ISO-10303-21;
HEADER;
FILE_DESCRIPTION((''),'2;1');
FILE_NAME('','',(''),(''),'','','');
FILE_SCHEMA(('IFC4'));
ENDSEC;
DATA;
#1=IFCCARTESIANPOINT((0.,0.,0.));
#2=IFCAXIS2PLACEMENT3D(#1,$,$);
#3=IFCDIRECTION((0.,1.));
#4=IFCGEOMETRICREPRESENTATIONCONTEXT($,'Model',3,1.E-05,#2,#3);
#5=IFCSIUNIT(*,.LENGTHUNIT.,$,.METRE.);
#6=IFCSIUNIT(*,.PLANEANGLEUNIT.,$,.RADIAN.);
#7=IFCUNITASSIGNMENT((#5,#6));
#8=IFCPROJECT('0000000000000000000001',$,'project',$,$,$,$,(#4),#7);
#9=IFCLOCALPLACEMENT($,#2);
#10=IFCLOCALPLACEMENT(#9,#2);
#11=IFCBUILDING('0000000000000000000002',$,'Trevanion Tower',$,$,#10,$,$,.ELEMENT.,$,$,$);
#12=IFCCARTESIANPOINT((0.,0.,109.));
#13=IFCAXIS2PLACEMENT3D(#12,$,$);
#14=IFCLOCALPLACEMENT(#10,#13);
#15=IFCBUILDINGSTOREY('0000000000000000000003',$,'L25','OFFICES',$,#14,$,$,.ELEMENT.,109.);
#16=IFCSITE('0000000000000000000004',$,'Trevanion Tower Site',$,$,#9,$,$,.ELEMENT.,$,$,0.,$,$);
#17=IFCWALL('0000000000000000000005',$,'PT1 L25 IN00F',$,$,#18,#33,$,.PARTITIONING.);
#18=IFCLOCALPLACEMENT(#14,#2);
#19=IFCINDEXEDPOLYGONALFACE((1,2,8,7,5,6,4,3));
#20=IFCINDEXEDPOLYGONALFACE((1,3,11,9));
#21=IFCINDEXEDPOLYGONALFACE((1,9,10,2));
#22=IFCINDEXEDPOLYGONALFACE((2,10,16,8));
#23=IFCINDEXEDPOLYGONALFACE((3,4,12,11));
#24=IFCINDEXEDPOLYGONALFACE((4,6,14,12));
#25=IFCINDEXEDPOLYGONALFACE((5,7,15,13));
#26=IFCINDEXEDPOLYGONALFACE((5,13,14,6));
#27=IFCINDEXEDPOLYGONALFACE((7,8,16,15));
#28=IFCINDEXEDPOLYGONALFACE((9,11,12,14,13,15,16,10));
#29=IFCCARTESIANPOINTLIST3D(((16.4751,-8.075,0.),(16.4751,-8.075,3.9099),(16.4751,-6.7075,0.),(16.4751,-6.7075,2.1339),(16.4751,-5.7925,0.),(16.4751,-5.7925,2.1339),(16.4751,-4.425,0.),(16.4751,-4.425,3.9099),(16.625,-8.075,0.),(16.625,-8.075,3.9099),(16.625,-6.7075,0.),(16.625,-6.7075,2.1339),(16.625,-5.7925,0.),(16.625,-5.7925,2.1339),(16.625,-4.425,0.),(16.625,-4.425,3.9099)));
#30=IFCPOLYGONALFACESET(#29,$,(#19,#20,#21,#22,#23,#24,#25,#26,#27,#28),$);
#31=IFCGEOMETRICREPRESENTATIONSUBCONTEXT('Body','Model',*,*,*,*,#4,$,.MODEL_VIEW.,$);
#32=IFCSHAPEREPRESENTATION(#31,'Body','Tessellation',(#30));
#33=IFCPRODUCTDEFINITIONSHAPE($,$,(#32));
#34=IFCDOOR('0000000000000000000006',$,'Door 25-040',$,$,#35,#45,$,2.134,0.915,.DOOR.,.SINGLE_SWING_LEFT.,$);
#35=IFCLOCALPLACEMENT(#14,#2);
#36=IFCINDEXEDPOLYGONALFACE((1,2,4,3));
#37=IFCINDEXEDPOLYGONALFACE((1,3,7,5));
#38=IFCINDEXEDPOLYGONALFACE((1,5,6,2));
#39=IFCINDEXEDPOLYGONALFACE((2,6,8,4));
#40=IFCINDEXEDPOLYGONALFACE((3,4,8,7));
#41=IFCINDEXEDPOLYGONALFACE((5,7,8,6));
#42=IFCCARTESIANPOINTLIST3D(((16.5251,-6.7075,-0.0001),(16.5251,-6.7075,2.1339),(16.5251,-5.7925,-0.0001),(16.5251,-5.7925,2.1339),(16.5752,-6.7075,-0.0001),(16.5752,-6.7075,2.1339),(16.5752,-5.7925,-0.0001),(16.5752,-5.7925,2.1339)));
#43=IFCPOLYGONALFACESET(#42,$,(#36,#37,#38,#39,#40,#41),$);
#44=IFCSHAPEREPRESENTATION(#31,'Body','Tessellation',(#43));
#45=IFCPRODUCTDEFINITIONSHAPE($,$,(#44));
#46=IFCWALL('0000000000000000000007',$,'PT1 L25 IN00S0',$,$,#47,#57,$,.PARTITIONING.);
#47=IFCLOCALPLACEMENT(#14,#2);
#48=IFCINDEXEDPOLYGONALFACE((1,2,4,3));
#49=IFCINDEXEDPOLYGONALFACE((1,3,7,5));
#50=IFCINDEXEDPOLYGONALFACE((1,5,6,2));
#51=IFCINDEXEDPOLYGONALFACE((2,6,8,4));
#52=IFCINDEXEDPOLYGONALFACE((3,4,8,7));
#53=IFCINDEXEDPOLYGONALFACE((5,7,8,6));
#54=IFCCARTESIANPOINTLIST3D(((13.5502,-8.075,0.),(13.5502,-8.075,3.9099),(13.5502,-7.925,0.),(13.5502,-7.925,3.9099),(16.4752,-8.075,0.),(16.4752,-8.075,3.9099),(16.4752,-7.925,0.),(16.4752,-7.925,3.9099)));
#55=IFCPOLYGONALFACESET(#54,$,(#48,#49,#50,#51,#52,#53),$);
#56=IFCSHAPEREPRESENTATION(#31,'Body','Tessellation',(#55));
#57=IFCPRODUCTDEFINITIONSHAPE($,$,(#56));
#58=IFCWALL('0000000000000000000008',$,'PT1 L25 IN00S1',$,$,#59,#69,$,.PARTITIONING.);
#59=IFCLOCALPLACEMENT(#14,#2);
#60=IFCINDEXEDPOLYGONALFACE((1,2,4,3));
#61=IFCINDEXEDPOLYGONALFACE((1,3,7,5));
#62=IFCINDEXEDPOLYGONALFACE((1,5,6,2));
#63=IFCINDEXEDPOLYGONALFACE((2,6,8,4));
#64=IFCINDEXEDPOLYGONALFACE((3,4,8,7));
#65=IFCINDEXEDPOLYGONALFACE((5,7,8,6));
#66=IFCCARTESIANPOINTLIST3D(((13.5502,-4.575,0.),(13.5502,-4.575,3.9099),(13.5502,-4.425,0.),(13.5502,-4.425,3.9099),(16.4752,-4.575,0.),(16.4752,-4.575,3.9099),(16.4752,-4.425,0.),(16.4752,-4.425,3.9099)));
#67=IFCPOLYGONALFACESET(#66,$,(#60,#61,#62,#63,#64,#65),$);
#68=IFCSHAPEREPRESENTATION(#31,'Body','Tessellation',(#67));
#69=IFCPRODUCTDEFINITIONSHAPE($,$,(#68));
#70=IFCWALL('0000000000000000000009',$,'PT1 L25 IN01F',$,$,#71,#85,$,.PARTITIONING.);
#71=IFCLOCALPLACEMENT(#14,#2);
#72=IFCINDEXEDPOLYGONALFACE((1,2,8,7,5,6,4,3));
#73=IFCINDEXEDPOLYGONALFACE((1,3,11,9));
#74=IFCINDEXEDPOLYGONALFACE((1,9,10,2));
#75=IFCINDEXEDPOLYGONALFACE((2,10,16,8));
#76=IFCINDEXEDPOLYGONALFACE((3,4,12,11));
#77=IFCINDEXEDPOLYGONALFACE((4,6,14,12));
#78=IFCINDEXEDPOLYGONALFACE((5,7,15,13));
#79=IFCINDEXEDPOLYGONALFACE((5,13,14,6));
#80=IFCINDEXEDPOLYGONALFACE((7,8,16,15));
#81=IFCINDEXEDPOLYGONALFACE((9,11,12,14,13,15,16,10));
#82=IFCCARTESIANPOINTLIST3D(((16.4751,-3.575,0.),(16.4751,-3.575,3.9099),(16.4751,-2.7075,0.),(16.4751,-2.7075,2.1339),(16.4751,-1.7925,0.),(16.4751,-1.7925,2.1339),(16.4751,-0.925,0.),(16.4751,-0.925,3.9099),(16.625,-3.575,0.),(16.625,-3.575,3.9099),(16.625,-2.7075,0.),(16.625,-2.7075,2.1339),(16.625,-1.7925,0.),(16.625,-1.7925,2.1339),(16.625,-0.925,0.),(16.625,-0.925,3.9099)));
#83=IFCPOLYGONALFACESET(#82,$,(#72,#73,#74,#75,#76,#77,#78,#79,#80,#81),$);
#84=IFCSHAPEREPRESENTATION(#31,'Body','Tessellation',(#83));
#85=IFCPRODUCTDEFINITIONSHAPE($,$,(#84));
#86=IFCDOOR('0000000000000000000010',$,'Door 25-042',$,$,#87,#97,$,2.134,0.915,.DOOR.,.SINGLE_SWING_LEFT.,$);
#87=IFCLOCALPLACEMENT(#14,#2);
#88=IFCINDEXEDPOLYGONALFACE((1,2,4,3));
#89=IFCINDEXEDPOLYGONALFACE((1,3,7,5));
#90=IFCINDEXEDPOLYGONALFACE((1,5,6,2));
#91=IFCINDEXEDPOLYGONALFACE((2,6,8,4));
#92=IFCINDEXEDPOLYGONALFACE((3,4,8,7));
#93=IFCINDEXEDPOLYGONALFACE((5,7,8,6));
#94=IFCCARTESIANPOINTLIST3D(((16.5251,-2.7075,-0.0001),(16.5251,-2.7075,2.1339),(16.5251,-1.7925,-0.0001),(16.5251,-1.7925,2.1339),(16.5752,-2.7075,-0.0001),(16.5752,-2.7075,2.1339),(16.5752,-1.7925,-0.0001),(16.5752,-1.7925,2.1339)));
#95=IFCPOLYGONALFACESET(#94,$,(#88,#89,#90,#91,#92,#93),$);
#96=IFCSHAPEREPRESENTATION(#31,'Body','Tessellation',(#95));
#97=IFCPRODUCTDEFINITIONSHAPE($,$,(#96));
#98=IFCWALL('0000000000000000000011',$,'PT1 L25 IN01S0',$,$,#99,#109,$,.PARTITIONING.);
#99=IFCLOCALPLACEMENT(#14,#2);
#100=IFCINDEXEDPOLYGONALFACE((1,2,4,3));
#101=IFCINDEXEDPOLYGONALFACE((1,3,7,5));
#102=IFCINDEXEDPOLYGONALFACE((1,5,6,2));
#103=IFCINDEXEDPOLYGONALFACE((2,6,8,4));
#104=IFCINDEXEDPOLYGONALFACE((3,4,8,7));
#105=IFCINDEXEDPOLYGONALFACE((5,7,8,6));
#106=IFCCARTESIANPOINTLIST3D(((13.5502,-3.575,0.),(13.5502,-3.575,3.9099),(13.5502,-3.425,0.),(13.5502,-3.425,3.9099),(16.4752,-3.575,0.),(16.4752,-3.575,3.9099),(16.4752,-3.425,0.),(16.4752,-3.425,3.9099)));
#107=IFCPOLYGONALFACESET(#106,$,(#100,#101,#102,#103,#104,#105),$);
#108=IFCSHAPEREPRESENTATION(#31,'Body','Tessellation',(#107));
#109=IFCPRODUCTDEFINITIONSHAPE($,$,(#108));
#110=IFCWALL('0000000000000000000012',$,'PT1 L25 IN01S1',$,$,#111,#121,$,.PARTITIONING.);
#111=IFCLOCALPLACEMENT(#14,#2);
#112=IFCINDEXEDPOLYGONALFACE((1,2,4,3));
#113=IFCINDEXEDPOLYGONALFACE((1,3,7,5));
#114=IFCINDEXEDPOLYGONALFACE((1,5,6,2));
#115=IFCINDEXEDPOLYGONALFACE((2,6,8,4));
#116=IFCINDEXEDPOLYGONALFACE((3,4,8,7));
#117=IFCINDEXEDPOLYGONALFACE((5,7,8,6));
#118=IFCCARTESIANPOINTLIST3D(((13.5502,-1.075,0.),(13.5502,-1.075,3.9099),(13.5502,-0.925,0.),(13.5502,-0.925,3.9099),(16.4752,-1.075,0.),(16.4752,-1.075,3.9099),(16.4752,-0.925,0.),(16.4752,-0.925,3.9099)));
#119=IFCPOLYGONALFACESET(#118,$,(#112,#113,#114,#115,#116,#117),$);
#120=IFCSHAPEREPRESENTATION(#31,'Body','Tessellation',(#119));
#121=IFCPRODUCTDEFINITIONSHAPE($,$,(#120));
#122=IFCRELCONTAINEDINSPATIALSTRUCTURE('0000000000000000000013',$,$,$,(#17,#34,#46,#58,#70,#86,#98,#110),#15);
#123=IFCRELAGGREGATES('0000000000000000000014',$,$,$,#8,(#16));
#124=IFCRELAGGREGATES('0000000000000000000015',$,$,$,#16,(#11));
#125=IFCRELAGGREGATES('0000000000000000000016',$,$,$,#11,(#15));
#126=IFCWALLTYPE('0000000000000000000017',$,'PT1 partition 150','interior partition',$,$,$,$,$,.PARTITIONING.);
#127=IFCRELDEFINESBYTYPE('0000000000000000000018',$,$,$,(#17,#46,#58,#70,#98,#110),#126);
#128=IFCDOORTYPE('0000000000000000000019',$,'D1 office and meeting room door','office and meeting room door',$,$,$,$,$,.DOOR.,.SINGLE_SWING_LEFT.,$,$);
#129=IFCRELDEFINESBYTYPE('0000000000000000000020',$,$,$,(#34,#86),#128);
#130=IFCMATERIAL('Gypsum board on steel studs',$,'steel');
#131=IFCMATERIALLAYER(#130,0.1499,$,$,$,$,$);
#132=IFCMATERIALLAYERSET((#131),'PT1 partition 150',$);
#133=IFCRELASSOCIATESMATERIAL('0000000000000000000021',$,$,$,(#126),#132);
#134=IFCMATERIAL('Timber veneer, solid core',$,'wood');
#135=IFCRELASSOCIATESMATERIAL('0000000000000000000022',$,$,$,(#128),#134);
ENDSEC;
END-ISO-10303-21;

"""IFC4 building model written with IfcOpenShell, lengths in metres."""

from ifc_helpers import new_model, si_unit, direction, frame, frame_2d, origin, place, context, subcontext, project, spatial, rectangle, extrude, material, layer, layer_set, type_object, element, fill, save


model = new_model("IFC4")

# Units and contexts
model_context = context("Model", 3, precision=1e-05, world=origin(), true_north=direction((0.0, 1.0)))
body_context = subcontext(model_context, "Body", "Model", "MODEL_VIEW")
ifc_project = project(units=[si_unit("LENGTHUNIT", "METRE"), si_unit("PLANEANGLEUNIT", "RADIAN")], contexts=[model_context])

# Site, building, storey
site_placement = place(None, origin())
site = spatial("IfcSite", under=ifc_project, at=site_placement, Name="Trevanion Tower Site", CompositionType="ELEMENT", RefElevation=0.0)
building_placement = place(site_placement, origin())
building = spatial("IfcBuilding", under=site, at=building_placement, Name="Trevanion Tower", CompositionType="ELEMENT")
storey_placement = place(building_placement, frame((0.0, 0.0, 109.0)))
storey = spatial("IfcBuildingStorey", under=building, at=storey_placement, Name="L25", Description="OFFICES", CompositionType="ELEMENT", Elevation=109.0)

# Shared definitions
ifc_material_1 = material(Name="Gypsum board on steel studs", Category="steel")
ifc_layer_1 = layer(ifc_material_1, 0.1499)
ifc_layer_set_1 = layer_set([ifc_layer_1], Name="PT1 partition 150")
wall_type = type_object("IfcWallType", Name="PT1 partition 150", Description="interior partition", PredefinedType="PARTITIONING", material=ifc_layer_set_1)
ifc_material_2 = material(Name="Timber veneer, solid core", Category="wood")
door_type = type_object("IfcDoorType", Name="D1 office and meeting room door", Description="office and meeting room door", OperationType="SINGLE_SWING_LEFT", PredefinedType="DOOR", material=ifc_material_2)

# Wall, opening, door
wall_1_placement = place(storey_placement, frame((16.55, -8.075, 0.0), z_axis=(0.0, 0.0, 1.0), x_axis=(0.0, 1.0, 0.0)))
wall_1 = element("IfcWall", 1, at=wall_1_placement, inside=storey, type_object=wall_type, Name="PT1 L25 IN00F", PredefinedType="PARTITIONING", context=body_context, shape_type="SweptSolid", body=[
    extrude(rectangle(XDim=3.6499, YDim=0.1499, at=frame_2d((1.825, 0.0))), origin(), (0.0, 0.0, 1.0), 3.9099),
])
opening_1_placement = place(wall_1_placement, frame((1.3674, 0.0, 0.0)))
opening_1 = element("IfcOpeningElement", 2, at=opening_1_placement, cuts=wall_1, PredefinedType="OPENING", context=body_context, shape_type="SweptSolid", body=[
    extrude(rectangle(XDim=0.915, YDim=2.134, at=frame_2d((0.4575, 1.0669))), frame((0.0, 0.085, 0.0), z_axis=(0.0, -1.0, 0.0), x_axis=(1.0, 0.0, 0.0)), (0.0, 0.0, 1.0), 0.1699),
])
door_1_placement = place(opening_1_placement, origin())
door_1 = element("IfcDoor", 3, at=door_1_placement, inside=storey, type_object=door_type, Name="Door 25-040", OperationType="SINGLE_SWING_LEFT", OverallHeight=2.134, OverallWidth=0.915, PredefinedType="DOOR", context=body_context, shape_type="SweptSolid", body=[
    extrude(rectangle(XDim=0.915, YDim=2.134, at=frame_2d((0.4575, 1.0669))), frame((0.0, 0.0249, 0.0), z_axis=(0.0, -1.0, 0.0), x_axis=(1.0, 0.0, 0.0)), (0.0, 0.0, 1.0), 0.05),
])
fill(opening_1, door_1)

# Walls
for number, where, z_axis, x_axis, name in (
    (4, (16.4751, -8.0, 0.0), (0.0, 0.0, 1.0), (-1.0, 0.0, 0.0), "PT1 L25 IN00S0"),
    (5, (16.4751, -4.5, 0.0), (0.0, 0.0, 1.0), (-1.0, 0.0, 0.0), "PT1 L25 IN00S1"),
):
    element("IfcWall", number, at=place(storey_placement, frame(where, z_axis=z_axis, x_axis=x_axis)), inside=storey, type_object=wall_type, Name=name, PredefinedType="PARTITIONING", context=body_context, shape_type="SweptSolid", body=[
        extrude(rectangle(XDim=2.925, YDim=0.1499, at=frame_2d((1.4624, 0.0))), origin(), (0.0, 0.0, 1.0), 3.9099),
    ])

# Wall, opening, door
wall_2_placement = place(storey_placement, frame((16.55, -3.575, 0.0), z_axis=(0.0, 0.0, 1.0), x_axis=(0.0, 1.0, 0.0)))
wall_2 = element("IfcWall", 6, at=wall_2_placement, inside=storey, type_object=wall_type, Name="PT1 L25 IN01F", PredefinedType="PARTITIONING", context=body_context, shape_type="SweptSolid", body=[
    extrude(rectangle(XDim=2.6499, YDim=0.1499, at=frame_2d((1.325, 0.0))), origin(), (0.0, 0.0, 1.0), 3.9099),
])
opening_2_placement = place(wall_2_placement, frame((0.8674, 0.0, 0.0)))
opening_2 = element("IfcOpeningElement", 7, at=opening_2_placement, cuts=wall_2, PredefinedType="OPENING", context=body_context, shape_type="SweptSolid", body=[
    extrude(rectangle(XDim=0.915, YDim=2.134, at=frame_2d((0.4575, 1.0669))), frame((0.0, 0.085, 0.0), z_axis=(0.0, -1.0, 0.0), x_axis=(1.0, 0.0, 0.0)), (0.0, 0.0, 1.0), 0.1699),
])
door_2_placement = place(opening_2_placement, origin())
door_2 = element("IfcDoor", 8, at=door_2_placement, inside=storey, type_object=door_type, Name="Door 25-042", OperationType="SINGLE_SWING_LEFT", OverallHeight=2.134, OverallWidth=0.915, PredefinedType="DOOR", context=body_context, shape_type="SweptSolid", body=[
    extrude(rectangle(XDim=0.915, YDim=2.134, at=frame_2d((0.4575, 1.0669))), frame((0.0, 0.0249, 0.0), z_axis=(0.0, -1.0, 0.0), x_axis=(1.0, 0.0, 0.0)), (0.0, 0.0, 1.0), 0.05),
])
fill(opening_2, door_2)

# Walls
for number, where, z_axis, x_axis, name in (
    (9, (16.4751, -3.5, 0.0), (0.0, 0.0, 1.0), (-1.0, 0.0, 0.0), "PT1 L25 IN01S0"),
    (10, (16.4751, -1.0, 0.0), (0.0, 0.0, 1.0), (-1.0, 0.0, 0.0), "PT1 L25 IN01S1"),
):
    element("IfcWall", number, at=place(storey_placement, frame(where, z_axis=z_axis, x_axis=x_axis)), inside=storey, type_object=wall_type, Name=name, PredefinedType="PARTITIONING", context=body_context, shape_type="SweptSolid", body=[
        extrude(rectangle(XDim=2.925, YDim=0.1499, at=frame_2d((1.4624, 0.0))), origin(), (0.0, 0.0, 1.0), 3.9099),
    ])

save(model, "model.ifc")
